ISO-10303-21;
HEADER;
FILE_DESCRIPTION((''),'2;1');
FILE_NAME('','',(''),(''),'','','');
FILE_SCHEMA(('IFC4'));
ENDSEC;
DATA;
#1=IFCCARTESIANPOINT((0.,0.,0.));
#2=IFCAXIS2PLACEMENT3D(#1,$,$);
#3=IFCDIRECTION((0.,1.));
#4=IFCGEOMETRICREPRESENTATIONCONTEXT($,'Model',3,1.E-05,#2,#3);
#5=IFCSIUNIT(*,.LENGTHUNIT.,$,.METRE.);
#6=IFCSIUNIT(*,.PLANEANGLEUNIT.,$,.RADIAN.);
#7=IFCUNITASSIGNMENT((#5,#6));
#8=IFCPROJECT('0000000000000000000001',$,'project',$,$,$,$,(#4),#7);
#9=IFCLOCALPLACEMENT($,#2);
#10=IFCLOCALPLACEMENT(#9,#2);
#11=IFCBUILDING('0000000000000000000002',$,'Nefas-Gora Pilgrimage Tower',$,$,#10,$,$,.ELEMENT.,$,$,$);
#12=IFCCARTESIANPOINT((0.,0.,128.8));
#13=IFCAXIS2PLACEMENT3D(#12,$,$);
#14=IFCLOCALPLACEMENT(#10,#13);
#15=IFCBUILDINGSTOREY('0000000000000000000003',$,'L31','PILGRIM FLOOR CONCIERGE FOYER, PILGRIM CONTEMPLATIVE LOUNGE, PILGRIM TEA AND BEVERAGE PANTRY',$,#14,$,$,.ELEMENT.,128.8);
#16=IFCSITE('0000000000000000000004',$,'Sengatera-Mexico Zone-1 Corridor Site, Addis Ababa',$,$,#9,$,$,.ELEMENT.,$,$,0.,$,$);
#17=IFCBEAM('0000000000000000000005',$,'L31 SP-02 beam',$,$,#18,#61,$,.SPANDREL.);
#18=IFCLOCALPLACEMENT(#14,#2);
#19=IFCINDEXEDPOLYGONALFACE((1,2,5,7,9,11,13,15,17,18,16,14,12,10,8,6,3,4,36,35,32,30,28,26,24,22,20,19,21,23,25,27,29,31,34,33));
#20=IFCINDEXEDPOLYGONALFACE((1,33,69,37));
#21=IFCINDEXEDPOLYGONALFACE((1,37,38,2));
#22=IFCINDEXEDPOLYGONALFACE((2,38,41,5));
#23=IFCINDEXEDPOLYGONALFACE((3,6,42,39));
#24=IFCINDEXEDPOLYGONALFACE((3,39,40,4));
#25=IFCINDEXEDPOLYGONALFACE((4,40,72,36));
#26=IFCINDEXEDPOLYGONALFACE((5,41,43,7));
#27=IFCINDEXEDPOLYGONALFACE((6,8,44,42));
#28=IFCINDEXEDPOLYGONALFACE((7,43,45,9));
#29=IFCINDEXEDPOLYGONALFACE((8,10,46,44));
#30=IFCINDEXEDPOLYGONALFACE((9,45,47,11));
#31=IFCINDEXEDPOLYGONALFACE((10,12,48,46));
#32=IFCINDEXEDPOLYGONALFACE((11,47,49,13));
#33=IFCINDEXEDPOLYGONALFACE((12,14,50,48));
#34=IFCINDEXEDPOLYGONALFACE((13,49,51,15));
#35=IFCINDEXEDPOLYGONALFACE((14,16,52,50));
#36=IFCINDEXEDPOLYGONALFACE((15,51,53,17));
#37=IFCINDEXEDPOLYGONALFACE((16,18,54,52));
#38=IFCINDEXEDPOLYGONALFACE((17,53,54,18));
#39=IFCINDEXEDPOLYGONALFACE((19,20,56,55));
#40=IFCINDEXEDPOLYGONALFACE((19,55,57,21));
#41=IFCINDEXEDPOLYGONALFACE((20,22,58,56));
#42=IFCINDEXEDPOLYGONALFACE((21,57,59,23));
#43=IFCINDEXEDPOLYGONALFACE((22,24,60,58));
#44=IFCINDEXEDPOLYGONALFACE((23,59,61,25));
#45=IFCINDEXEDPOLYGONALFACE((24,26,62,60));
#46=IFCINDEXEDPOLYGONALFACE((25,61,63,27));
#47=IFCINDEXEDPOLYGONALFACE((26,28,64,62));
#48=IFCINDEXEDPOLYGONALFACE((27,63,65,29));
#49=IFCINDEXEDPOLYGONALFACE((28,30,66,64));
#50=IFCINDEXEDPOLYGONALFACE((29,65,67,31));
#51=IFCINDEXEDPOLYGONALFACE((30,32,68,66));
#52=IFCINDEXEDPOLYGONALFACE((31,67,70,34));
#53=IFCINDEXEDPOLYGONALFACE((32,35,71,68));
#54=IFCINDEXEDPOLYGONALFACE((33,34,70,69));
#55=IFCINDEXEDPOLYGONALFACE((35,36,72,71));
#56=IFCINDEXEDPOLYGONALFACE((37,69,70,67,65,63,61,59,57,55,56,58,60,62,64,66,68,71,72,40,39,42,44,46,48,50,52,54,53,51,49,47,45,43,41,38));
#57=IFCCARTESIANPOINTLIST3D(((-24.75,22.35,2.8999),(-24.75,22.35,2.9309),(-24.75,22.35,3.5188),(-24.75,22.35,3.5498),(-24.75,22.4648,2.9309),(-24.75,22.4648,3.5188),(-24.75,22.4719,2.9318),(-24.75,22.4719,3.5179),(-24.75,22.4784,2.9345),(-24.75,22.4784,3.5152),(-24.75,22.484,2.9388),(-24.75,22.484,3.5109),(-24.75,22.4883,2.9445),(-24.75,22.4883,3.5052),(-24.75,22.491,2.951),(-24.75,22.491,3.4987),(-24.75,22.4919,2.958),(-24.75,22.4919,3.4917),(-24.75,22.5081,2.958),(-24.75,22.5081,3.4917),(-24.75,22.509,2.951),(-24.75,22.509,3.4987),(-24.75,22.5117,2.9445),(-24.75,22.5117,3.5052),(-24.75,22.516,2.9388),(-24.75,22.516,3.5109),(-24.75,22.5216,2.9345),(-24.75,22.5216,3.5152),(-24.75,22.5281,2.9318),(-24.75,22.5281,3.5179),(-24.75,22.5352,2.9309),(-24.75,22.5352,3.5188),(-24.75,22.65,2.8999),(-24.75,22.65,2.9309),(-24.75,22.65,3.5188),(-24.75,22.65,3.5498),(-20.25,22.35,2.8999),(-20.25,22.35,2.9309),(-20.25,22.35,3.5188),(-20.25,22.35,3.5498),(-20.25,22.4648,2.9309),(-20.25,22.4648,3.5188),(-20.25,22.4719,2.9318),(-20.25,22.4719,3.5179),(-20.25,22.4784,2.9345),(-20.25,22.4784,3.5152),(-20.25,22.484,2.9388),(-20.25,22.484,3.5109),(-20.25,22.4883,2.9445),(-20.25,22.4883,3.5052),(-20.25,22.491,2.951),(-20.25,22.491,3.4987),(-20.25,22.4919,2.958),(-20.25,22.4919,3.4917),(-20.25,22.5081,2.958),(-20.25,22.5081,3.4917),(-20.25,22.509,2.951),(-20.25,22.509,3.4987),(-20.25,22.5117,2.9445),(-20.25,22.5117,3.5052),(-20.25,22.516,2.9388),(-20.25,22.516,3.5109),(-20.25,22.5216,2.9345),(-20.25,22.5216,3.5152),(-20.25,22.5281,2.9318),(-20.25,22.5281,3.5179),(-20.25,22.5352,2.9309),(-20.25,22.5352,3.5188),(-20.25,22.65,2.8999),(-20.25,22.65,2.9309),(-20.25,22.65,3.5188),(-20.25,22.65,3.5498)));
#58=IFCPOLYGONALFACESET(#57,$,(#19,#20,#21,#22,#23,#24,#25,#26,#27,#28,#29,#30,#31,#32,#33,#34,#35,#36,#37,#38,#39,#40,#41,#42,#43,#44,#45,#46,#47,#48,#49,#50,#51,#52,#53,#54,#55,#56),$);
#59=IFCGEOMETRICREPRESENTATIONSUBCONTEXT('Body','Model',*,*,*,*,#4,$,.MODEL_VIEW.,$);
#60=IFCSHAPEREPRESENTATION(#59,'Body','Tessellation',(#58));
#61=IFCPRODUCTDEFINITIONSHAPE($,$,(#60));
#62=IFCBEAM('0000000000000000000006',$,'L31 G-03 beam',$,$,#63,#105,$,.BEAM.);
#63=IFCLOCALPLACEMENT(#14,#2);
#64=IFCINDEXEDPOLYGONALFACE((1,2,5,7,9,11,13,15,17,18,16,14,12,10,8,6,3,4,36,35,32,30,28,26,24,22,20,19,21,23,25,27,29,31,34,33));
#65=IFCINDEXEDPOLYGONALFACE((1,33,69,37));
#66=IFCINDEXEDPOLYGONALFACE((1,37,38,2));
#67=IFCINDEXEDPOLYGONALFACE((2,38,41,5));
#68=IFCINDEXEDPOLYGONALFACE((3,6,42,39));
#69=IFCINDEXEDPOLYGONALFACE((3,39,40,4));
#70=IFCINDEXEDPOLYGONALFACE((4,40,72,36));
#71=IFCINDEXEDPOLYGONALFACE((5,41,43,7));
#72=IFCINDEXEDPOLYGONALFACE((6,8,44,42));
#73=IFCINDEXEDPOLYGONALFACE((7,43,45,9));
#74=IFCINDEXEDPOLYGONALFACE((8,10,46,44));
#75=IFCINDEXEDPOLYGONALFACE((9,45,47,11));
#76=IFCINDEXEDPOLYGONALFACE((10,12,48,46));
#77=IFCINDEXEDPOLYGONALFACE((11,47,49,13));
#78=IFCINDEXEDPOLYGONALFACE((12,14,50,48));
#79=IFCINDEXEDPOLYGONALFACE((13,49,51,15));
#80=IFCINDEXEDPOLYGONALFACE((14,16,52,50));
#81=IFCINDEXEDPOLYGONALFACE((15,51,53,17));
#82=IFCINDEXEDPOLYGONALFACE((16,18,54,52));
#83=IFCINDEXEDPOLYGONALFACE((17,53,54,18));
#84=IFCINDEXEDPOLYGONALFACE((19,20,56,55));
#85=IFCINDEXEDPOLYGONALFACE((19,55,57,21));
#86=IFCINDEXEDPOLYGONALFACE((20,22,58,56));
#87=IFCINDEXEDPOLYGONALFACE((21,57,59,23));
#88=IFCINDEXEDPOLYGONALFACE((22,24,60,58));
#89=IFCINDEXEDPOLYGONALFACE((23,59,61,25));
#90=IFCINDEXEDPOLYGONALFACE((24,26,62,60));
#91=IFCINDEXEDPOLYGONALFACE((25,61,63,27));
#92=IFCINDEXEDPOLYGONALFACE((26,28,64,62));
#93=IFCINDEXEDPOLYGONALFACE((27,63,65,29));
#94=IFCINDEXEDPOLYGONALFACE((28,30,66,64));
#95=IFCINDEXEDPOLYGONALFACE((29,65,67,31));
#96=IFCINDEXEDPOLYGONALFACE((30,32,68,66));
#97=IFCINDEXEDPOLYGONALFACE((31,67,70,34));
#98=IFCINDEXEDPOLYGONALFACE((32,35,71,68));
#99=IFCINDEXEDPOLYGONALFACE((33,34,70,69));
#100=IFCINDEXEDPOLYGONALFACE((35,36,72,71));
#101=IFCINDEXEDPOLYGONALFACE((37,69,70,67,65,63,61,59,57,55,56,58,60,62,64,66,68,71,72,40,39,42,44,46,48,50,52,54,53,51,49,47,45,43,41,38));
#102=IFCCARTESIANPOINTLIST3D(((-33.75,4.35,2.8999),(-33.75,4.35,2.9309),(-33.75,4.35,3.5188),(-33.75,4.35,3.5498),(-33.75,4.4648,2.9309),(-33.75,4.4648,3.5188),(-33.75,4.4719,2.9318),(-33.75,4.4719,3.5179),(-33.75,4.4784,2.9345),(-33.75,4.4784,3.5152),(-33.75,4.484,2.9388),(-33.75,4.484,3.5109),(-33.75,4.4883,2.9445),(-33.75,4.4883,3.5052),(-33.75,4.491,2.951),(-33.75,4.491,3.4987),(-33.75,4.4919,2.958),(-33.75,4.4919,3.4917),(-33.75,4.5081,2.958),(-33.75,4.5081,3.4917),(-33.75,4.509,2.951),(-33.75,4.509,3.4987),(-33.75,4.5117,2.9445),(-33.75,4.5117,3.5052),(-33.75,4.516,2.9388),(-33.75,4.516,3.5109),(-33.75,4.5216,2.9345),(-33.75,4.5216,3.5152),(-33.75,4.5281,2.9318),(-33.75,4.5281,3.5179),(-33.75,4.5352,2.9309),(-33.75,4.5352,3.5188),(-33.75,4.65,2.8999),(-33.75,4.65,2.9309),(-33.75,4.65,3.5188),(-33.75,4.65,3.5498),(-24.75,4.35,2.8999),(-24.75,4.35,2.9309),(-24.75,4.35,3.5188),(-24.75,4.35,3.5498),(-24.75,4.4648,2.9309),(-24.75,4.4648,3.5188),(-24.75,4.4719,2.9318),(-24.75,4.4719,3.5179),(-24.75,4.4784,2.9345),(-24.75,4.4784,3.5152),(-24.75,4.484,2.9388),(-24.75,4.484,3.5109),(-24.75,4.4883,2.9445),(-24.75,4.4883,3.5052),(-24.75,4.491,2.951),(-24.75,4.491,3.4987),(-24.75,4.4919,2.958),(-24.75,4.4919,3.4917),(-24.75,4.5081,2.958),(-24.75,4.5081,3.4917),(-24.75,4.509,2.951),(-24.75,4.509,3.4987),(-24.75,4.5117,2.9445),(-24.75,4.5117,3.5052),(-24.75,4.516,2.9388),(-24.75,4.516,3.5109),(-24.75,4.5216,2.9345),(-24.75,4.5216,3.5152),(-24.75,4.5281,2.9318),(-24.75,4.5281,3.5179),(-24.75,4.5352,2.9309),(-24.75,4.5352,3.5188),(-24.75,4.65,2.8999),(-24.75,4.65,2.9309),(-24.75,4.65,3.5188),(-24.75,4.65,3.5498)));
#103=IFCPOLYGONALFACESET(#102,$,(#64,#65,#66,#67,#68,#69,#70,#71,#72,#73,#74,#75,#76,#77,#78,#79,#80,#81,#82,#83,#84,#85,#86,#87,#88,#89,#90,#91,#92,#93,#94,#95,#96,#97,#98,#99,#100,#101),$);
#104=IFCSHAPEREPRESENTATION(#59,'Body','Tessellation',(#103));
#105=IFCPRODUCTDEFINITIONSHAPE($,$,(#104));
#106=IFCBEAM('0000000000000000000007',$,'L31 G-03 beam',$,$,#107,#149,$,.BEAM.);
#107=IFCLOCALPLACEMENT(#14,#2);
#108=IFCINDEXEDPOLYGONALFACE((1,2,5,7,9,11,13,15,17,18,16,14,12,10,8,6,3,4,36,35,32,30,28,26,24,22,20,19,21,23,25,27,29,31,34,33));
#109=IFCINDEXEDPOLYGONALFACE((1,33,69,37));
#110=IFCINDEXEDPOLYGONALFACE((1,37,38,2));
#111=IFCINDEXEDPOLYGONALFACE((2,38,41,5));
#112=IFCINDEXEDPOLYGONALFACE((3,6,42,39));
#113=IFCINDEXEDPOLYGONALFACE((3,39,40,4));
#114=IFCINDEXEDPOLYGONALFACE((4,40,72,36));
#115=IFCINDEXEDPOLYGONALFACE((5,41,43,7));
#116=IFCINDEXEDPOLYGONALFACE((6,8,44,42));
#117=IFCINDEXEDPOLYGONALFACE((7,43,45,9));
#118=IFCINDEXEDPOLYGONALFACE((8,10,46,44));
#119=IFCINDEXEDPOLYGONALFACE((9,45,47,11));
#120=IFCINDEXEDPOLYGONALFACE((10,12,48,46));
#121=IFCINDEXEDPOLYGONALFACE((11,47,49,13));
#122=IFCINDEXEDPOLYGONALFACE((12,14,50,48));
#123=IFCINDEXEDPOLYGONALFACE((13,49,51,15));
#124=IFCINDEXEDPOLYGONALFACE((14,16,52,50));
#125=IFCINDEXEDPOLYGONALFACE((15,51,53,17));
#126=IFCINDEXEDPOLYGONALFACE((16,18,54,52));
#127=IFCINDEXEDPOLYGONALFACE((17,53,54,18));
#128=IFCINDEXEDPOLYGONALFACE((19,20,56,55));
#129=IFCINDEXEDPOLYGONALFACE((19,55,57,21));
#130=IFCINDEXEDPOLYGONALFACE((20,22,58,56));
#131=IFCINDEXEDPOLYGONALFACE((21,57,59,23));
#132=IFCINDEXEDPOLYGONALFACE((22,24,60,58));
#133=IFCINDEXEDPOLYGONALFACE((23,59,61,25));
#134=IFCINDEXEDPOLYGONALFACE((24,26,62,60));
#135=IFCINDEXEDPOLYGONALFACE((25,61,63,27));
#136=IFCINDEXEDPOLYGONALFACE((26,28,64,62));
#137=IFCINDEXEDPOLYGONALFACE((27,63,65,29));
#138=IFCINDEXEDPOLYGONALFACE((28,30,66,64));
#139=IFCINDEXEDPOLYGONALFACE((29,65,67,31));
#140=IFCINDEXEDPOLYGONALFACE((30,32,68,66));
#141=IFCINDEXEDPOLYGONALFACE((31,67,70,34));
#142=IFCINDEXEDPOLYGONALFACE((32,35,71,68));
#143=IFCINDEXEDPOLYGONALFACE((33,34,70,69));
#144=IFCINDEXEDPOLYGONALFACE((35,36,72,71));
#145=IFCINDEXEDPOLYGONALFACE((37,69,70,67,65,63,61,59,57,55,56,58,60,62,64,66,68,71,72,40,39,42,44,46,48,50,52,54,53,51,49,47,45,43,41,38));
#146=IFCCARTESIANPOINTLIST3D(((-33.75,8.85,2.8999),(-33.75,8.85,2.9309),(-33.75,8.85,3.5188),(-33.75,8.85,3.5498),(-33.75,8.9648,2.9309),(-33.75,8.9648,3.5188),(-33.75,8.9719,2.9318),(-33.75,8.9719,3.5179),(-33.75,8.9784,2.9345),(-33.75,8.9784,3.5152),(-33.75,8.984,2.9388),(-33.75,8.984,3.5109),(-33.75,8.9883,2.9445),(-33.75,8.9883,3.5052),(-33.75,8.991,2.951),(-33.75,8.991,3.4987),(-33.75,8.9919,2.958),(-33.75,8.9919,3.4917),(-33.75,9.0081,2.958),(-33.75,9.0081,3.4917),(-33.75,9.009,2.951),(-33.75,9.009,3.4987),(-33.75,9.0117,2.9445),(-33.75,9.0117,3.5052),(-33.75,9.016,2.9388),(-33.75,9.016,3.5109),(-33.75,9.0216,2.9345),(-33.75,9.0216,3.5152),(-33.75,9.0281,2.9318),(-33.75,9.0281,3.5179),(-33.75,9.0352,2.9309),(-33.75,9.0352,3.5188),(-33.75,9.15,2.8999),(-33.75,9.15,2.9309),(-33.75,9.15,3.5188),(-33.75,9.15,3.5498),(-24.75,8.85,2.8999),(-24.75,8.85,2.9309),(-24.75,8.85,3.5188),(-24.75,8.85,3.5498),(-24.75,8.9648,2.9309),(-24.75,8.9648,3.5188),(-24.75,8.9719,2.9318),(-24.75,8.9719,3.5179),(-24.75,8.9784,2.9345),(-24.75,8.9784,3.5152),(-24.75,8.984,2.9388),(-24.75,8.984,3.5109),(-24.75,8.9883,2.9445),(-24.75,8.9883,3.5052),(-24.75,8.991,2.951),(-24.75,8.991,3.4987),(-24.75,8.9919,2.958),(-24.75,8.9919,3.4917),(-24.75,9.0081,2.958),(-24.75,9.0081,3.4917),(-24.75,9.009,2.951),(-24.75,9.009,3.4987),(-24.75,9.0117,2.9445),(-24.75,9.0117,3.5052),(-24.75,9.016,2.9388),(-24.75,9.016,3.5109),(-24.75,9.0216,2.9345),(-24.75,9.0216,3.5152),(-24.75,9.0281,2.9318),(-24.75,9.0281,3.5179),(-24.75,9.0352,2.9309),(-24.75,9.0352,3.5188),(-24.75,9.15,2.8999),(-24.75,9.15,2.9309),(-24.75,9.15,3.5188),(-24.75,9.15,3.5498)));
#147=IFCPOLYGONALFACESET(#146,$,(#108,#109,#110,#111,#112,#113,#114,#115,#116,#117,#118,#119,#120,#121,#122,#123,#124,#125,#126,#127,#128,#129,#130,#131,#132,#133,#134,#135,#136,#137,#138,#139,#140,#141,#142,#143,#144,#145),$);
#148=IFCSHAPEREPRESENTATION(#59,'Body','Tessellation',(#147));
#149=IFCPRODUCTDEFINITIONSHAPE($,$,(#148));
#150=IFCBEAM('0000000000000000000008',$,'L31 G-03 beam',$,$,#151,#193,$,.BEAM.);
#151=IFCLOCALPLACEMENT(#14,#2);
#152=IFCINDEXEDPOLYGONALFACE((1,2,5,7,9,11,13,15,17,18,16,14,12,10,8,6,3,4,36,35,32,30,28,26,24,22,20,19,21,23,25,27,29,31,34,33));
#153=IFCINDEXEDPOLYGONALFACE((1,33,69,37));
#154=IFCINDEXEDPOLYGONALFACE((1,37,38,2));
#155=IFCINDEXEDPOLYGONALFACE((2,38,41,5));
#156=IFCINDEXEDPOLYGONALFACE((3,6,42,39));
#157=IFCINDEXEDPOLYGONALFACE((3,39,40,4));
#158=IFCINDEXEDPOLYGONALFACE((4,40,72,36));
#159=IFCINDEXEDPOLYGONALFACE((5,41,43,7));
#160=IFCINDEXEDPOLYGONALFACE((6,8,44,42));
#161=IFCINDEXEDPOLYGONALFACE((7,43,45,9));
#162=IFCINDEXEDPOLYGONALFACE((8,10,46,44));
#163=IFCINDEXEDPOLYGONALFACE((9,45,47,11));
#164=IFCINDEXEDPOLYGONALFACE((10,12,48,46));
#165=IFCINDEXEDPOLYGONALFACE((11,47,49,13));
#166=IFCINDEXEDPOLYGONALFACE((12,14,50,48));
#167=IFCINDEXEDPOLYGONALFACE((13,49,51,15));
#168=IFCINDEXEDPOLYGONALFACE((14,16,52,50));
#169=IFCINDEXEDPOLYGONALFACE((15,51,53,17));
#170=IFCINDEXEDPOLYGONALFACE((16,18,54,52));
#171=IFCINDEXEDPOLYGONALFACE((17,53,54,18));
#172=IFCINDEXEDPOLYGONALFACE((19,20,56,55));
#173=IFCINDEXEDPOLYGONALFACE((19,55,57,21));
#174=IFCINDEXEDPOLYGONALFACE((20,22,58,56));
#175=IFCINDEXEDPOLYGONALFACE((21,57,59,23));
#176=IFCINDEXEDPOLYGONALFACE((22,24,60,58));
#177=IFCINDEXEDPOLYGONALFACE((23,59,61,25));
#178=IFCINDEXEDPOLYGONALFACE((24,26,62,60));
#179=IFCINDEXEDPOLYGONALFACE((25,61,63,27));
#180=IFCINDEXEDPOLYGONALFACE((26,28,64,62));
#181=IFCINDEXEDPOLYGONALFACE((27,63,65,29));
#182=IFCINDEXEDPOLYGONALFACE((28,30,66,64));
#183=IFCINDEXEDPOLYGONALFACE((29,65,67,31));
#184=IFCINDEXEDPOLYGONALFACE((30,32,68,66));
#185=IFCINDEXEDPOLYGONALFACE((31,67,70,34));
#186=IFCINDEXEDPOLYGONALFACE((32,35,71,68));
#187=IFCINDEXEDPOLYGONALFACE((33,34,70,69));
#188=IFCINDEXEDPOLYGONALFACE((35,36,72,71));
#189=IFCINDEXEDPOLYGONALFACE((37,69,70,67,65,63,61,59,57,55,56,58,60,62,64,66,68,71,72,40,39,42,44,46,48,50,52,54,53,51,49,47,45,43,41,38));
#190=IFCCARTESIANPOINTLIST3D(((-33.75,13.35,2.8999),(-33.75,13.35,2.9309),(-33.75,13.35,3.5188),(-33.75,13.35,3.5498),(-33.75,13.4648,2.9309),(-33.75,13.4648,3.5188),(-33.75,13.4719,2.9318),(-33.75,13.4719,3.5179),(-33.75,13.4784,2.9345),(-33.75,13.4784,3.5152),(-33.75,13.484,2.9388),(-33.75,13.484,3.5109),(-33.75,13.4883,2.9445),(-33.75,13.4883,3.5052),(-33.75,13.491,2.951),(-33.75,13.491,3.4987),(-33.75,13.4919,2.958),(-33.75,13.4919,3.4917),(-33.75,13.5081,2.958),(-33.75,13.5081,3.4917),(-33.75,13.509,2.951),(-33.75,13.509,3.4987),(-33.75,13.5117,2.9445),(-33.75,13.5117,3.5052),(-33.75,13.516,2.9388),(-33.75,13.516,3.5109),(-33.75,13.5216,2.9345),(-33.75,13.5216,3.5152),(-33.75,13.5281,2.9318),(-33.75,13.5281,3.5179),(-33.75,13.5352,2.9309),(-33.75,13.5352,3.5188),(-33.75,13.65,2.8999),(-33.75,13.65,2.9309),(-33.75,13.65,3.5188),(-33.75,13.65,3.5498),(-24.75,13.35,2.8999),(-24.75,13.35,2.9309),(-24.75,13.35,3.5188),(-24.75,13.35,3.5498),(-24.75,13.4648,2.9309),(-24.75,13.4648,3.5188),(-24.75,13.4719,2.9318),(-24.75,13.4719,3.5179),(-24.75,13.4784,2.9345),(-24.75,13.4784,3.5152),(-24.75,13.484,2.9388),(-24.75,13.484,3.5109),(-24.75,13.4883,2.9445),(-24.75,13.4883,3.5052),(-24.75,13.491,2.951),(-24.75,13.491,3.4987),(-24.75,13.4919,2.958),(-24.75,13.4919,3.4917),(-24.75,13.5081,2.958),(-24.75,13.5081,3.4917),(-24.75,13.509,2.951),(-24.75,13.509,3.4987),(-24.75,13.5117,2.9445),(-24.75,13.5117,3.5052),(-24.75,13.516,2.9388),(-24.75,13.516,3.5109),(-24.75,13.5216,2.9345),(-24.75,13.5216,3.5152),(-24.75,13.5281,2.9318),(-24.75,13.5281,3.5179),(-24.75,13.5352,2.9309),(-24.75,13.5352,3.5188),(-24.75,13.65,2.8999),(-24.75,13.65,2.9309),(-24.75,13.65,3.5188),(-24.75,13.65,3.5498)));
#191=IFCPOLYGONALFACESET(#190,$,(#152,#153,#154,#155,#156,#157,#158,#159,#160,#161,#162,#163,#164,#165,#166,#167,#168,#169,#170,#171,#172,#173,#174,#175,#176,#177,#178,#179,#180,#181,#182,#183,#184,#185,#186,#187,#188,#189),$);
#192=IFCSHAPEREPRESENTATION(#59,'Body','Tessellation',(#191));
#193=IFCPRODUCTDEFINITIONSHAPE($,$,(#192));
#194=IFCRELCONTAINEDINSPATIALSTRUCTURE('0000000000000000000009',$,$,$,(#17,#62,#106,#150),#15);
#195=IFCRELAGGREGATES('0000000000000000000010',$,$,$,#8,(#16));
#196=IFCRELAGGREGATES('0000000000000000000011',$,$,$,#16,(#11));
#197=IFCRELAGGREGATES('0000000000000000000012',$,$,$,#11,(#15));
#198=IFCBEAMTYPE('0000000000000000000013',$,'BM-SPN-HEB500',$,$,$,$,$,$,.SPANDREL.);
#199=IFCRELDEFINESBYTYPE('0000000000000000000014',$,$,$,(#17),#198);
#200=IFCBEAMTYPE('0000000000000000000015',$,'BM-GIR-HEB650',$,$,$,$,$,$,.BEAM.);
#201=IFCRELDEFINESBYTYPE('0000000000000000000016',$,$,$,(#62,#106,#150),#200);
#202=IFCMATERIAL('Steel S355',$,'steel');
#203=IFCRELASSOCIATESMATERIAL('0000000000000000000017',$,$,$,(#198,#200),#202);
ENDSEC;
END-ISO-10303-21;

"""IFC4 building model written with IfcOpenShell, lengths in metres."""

from ifc_helpers import new_model, si_unit, direction, frame, origin, origin_2d, place, context, subcontext, project, spatial, i_section, extrude, source, transform, mapped, material, material_profile, profile_set, type_object, element, save


model = new_model("IFC4")

# Units and contexts
model_context = context("Model", 3, precision=1e-05, world=origin(), true_north=direction((0.0, 1.0)))
body_context = subcontext(model_context, "Body", "Model", "MODEL_VIEW")
ifc_project = project(units=[si_unit("LENGTHUNIT", "METRE"), si_unit("PLANEANGLEUNIT", "RADIAN")], contexts=[model_context])

# Site, building, storey
site_placement = place(None, origin())
site = spatial("IfcSite", under=ifc_project, at=site_placement, Name="Sengatera-Mexico Zone-1 Corridor Site, Addis Ababa", CompositionType="ELEMENT", RefElevation=0.0)
building_placement = place(site_placement, origin())
building = spatial("IfcBuilding", under=site, at=building_placement, Name="Nefas-Gora Pilgrimage Tower", CompositionType="ELEMENT")
storey_placement = place(building_placement, frame((0.0, 0.0, 128.8)))
storey = spatial("IfcBuildingStorey", under=building, at=storey_placement, Name="L31", Description="PILGRIM FLOOR CONCIERGE FOYER, PILGRIM CONTEMPLATIVE LOUNGE, PILGRIM TEA AND BEVERAGE PANTRY", CompositionType="ELEMENT", Elevation=128.8)

# Beams
ifc_material_1 = material(Name="Steel S355", Category="steel")
ifc_material_profile_1 = material_profile(ifc_material_1, i_section(OverallWidth=0.3, OverallDepth=0.6499, WebThickness=0.0161, FlangeThickness=0.031, FilletRadius=0.0271, at=origin_2d()), Name="HEB 650")
ifc_profile_set_1 = profile_set([ifc_material_profile_1], Name="Steel S355")
beam_type_1 = type_object("IfcBeamType", Name="BM-SPN-HEB500", PredefinedType="SPANDREL", material=ifc_profile_set_1)
shared_shape_1 = source(origin(), body_context, "Body", "SweptSolid", [
    extrude(i_section(OverallWidth=0.3, OverallDepth=0.6499, WebThickness=0.0161, FlangeThickness=0.031, FilletRadius=0.0271, at=origin_2d()), origin(), (0.0, 0.0, 1.0), 4.5),
])
for number, where, z_axis, x_axis, name in (
    (1, (-24.75, 22.5, 3.2249), (1.0, 0.0, 0.0), (0.0, 1.0, 0.0), "L31 SP-02 beam"),
):
    element("IfcBeam", number, at=place(storey_placement, frame(where, z_axis=z_axis, x_axis=x_axis)), inside=storey, type_object=beam_type_1, Name=name, PredefinedType="SPANDREL", context=body_context, shape_type="MappedRepresentation", body=[
        mapped(shared_shape_1, transform((0.0, 0.0, 0.0), x_axis=(1.0, 0.0, 0.0), y_axis=(0.0, 1.0, 0.0), z_axis=(0.0, 0.0, 1.0), scale=1.0)),
    ])
ifc_material_profile_2 = material_profile(ifc_material_1, i_section(OverallWidth=0.3, OverallDepth=0.6499, WebThickness=0.0161, FlangeThickness=0.031, FilletRadius=0.0271, at=origin_2d()), Name="HEB 650")
ifc_profile_set_2 = profile_set([ifc_material_profile_2], Name="Steel S355")
beam_type_2 = type_object("IfcBeamType", Name="BM-GIR-HEB650", PredefinedType="BEAM", material=ifc_profile_set_2)
shared_shape_2 = source(origin(), body_context, "Body", "SweptSolid", [
    extrude(i_section(OverallWidth=0.3, OverallDepth=0.6499, WebThickness=0.0161, FlangeThickness=0.031, FilletRadius=0.0271, at=origin_2d()), origin(), (0.0, 0.0, 1.0), 9.0),
])
for number, where, z_axis, x_axis, name in (
    (2, (-33.75, 4.5, 3.2249), (1.0, 0.0, 0.0), (0.0, 1.0, 0.0), "L31 G-03 beam"),
    (3, (-33.75, 9.0, 3.2249), (1.0, 0.0, 0.0), (0.0, 1.0, 0.0), "L31 G-03 beam"),
    (4, (-33.75, 13.5, 3.2249), (1.0, 0.0, 0.0), (0.0, 1.0, 0.0), "L31 G-03 beam"),
):
    element("IfcBeam", number, at=place(storey_placement, frame(where, z_axis=z_axis, x_axis=x_axis)), inside=storey, type_object=beam_type_2, Name=name, PredefinedType="BEAM", context=body_context, shape_type="MappedRepresentation", body=[
        mapped(shared_shape_2, transform((0.0, 0.0, 0.0), x_axis=(1.0, 0.0, 0.0), y_axis=(0.0, 1.0, 0.0), z_axis=(0.0, 0.0, 1.0), scale=1.0)),
    ])

save(model, "model.ifc")
